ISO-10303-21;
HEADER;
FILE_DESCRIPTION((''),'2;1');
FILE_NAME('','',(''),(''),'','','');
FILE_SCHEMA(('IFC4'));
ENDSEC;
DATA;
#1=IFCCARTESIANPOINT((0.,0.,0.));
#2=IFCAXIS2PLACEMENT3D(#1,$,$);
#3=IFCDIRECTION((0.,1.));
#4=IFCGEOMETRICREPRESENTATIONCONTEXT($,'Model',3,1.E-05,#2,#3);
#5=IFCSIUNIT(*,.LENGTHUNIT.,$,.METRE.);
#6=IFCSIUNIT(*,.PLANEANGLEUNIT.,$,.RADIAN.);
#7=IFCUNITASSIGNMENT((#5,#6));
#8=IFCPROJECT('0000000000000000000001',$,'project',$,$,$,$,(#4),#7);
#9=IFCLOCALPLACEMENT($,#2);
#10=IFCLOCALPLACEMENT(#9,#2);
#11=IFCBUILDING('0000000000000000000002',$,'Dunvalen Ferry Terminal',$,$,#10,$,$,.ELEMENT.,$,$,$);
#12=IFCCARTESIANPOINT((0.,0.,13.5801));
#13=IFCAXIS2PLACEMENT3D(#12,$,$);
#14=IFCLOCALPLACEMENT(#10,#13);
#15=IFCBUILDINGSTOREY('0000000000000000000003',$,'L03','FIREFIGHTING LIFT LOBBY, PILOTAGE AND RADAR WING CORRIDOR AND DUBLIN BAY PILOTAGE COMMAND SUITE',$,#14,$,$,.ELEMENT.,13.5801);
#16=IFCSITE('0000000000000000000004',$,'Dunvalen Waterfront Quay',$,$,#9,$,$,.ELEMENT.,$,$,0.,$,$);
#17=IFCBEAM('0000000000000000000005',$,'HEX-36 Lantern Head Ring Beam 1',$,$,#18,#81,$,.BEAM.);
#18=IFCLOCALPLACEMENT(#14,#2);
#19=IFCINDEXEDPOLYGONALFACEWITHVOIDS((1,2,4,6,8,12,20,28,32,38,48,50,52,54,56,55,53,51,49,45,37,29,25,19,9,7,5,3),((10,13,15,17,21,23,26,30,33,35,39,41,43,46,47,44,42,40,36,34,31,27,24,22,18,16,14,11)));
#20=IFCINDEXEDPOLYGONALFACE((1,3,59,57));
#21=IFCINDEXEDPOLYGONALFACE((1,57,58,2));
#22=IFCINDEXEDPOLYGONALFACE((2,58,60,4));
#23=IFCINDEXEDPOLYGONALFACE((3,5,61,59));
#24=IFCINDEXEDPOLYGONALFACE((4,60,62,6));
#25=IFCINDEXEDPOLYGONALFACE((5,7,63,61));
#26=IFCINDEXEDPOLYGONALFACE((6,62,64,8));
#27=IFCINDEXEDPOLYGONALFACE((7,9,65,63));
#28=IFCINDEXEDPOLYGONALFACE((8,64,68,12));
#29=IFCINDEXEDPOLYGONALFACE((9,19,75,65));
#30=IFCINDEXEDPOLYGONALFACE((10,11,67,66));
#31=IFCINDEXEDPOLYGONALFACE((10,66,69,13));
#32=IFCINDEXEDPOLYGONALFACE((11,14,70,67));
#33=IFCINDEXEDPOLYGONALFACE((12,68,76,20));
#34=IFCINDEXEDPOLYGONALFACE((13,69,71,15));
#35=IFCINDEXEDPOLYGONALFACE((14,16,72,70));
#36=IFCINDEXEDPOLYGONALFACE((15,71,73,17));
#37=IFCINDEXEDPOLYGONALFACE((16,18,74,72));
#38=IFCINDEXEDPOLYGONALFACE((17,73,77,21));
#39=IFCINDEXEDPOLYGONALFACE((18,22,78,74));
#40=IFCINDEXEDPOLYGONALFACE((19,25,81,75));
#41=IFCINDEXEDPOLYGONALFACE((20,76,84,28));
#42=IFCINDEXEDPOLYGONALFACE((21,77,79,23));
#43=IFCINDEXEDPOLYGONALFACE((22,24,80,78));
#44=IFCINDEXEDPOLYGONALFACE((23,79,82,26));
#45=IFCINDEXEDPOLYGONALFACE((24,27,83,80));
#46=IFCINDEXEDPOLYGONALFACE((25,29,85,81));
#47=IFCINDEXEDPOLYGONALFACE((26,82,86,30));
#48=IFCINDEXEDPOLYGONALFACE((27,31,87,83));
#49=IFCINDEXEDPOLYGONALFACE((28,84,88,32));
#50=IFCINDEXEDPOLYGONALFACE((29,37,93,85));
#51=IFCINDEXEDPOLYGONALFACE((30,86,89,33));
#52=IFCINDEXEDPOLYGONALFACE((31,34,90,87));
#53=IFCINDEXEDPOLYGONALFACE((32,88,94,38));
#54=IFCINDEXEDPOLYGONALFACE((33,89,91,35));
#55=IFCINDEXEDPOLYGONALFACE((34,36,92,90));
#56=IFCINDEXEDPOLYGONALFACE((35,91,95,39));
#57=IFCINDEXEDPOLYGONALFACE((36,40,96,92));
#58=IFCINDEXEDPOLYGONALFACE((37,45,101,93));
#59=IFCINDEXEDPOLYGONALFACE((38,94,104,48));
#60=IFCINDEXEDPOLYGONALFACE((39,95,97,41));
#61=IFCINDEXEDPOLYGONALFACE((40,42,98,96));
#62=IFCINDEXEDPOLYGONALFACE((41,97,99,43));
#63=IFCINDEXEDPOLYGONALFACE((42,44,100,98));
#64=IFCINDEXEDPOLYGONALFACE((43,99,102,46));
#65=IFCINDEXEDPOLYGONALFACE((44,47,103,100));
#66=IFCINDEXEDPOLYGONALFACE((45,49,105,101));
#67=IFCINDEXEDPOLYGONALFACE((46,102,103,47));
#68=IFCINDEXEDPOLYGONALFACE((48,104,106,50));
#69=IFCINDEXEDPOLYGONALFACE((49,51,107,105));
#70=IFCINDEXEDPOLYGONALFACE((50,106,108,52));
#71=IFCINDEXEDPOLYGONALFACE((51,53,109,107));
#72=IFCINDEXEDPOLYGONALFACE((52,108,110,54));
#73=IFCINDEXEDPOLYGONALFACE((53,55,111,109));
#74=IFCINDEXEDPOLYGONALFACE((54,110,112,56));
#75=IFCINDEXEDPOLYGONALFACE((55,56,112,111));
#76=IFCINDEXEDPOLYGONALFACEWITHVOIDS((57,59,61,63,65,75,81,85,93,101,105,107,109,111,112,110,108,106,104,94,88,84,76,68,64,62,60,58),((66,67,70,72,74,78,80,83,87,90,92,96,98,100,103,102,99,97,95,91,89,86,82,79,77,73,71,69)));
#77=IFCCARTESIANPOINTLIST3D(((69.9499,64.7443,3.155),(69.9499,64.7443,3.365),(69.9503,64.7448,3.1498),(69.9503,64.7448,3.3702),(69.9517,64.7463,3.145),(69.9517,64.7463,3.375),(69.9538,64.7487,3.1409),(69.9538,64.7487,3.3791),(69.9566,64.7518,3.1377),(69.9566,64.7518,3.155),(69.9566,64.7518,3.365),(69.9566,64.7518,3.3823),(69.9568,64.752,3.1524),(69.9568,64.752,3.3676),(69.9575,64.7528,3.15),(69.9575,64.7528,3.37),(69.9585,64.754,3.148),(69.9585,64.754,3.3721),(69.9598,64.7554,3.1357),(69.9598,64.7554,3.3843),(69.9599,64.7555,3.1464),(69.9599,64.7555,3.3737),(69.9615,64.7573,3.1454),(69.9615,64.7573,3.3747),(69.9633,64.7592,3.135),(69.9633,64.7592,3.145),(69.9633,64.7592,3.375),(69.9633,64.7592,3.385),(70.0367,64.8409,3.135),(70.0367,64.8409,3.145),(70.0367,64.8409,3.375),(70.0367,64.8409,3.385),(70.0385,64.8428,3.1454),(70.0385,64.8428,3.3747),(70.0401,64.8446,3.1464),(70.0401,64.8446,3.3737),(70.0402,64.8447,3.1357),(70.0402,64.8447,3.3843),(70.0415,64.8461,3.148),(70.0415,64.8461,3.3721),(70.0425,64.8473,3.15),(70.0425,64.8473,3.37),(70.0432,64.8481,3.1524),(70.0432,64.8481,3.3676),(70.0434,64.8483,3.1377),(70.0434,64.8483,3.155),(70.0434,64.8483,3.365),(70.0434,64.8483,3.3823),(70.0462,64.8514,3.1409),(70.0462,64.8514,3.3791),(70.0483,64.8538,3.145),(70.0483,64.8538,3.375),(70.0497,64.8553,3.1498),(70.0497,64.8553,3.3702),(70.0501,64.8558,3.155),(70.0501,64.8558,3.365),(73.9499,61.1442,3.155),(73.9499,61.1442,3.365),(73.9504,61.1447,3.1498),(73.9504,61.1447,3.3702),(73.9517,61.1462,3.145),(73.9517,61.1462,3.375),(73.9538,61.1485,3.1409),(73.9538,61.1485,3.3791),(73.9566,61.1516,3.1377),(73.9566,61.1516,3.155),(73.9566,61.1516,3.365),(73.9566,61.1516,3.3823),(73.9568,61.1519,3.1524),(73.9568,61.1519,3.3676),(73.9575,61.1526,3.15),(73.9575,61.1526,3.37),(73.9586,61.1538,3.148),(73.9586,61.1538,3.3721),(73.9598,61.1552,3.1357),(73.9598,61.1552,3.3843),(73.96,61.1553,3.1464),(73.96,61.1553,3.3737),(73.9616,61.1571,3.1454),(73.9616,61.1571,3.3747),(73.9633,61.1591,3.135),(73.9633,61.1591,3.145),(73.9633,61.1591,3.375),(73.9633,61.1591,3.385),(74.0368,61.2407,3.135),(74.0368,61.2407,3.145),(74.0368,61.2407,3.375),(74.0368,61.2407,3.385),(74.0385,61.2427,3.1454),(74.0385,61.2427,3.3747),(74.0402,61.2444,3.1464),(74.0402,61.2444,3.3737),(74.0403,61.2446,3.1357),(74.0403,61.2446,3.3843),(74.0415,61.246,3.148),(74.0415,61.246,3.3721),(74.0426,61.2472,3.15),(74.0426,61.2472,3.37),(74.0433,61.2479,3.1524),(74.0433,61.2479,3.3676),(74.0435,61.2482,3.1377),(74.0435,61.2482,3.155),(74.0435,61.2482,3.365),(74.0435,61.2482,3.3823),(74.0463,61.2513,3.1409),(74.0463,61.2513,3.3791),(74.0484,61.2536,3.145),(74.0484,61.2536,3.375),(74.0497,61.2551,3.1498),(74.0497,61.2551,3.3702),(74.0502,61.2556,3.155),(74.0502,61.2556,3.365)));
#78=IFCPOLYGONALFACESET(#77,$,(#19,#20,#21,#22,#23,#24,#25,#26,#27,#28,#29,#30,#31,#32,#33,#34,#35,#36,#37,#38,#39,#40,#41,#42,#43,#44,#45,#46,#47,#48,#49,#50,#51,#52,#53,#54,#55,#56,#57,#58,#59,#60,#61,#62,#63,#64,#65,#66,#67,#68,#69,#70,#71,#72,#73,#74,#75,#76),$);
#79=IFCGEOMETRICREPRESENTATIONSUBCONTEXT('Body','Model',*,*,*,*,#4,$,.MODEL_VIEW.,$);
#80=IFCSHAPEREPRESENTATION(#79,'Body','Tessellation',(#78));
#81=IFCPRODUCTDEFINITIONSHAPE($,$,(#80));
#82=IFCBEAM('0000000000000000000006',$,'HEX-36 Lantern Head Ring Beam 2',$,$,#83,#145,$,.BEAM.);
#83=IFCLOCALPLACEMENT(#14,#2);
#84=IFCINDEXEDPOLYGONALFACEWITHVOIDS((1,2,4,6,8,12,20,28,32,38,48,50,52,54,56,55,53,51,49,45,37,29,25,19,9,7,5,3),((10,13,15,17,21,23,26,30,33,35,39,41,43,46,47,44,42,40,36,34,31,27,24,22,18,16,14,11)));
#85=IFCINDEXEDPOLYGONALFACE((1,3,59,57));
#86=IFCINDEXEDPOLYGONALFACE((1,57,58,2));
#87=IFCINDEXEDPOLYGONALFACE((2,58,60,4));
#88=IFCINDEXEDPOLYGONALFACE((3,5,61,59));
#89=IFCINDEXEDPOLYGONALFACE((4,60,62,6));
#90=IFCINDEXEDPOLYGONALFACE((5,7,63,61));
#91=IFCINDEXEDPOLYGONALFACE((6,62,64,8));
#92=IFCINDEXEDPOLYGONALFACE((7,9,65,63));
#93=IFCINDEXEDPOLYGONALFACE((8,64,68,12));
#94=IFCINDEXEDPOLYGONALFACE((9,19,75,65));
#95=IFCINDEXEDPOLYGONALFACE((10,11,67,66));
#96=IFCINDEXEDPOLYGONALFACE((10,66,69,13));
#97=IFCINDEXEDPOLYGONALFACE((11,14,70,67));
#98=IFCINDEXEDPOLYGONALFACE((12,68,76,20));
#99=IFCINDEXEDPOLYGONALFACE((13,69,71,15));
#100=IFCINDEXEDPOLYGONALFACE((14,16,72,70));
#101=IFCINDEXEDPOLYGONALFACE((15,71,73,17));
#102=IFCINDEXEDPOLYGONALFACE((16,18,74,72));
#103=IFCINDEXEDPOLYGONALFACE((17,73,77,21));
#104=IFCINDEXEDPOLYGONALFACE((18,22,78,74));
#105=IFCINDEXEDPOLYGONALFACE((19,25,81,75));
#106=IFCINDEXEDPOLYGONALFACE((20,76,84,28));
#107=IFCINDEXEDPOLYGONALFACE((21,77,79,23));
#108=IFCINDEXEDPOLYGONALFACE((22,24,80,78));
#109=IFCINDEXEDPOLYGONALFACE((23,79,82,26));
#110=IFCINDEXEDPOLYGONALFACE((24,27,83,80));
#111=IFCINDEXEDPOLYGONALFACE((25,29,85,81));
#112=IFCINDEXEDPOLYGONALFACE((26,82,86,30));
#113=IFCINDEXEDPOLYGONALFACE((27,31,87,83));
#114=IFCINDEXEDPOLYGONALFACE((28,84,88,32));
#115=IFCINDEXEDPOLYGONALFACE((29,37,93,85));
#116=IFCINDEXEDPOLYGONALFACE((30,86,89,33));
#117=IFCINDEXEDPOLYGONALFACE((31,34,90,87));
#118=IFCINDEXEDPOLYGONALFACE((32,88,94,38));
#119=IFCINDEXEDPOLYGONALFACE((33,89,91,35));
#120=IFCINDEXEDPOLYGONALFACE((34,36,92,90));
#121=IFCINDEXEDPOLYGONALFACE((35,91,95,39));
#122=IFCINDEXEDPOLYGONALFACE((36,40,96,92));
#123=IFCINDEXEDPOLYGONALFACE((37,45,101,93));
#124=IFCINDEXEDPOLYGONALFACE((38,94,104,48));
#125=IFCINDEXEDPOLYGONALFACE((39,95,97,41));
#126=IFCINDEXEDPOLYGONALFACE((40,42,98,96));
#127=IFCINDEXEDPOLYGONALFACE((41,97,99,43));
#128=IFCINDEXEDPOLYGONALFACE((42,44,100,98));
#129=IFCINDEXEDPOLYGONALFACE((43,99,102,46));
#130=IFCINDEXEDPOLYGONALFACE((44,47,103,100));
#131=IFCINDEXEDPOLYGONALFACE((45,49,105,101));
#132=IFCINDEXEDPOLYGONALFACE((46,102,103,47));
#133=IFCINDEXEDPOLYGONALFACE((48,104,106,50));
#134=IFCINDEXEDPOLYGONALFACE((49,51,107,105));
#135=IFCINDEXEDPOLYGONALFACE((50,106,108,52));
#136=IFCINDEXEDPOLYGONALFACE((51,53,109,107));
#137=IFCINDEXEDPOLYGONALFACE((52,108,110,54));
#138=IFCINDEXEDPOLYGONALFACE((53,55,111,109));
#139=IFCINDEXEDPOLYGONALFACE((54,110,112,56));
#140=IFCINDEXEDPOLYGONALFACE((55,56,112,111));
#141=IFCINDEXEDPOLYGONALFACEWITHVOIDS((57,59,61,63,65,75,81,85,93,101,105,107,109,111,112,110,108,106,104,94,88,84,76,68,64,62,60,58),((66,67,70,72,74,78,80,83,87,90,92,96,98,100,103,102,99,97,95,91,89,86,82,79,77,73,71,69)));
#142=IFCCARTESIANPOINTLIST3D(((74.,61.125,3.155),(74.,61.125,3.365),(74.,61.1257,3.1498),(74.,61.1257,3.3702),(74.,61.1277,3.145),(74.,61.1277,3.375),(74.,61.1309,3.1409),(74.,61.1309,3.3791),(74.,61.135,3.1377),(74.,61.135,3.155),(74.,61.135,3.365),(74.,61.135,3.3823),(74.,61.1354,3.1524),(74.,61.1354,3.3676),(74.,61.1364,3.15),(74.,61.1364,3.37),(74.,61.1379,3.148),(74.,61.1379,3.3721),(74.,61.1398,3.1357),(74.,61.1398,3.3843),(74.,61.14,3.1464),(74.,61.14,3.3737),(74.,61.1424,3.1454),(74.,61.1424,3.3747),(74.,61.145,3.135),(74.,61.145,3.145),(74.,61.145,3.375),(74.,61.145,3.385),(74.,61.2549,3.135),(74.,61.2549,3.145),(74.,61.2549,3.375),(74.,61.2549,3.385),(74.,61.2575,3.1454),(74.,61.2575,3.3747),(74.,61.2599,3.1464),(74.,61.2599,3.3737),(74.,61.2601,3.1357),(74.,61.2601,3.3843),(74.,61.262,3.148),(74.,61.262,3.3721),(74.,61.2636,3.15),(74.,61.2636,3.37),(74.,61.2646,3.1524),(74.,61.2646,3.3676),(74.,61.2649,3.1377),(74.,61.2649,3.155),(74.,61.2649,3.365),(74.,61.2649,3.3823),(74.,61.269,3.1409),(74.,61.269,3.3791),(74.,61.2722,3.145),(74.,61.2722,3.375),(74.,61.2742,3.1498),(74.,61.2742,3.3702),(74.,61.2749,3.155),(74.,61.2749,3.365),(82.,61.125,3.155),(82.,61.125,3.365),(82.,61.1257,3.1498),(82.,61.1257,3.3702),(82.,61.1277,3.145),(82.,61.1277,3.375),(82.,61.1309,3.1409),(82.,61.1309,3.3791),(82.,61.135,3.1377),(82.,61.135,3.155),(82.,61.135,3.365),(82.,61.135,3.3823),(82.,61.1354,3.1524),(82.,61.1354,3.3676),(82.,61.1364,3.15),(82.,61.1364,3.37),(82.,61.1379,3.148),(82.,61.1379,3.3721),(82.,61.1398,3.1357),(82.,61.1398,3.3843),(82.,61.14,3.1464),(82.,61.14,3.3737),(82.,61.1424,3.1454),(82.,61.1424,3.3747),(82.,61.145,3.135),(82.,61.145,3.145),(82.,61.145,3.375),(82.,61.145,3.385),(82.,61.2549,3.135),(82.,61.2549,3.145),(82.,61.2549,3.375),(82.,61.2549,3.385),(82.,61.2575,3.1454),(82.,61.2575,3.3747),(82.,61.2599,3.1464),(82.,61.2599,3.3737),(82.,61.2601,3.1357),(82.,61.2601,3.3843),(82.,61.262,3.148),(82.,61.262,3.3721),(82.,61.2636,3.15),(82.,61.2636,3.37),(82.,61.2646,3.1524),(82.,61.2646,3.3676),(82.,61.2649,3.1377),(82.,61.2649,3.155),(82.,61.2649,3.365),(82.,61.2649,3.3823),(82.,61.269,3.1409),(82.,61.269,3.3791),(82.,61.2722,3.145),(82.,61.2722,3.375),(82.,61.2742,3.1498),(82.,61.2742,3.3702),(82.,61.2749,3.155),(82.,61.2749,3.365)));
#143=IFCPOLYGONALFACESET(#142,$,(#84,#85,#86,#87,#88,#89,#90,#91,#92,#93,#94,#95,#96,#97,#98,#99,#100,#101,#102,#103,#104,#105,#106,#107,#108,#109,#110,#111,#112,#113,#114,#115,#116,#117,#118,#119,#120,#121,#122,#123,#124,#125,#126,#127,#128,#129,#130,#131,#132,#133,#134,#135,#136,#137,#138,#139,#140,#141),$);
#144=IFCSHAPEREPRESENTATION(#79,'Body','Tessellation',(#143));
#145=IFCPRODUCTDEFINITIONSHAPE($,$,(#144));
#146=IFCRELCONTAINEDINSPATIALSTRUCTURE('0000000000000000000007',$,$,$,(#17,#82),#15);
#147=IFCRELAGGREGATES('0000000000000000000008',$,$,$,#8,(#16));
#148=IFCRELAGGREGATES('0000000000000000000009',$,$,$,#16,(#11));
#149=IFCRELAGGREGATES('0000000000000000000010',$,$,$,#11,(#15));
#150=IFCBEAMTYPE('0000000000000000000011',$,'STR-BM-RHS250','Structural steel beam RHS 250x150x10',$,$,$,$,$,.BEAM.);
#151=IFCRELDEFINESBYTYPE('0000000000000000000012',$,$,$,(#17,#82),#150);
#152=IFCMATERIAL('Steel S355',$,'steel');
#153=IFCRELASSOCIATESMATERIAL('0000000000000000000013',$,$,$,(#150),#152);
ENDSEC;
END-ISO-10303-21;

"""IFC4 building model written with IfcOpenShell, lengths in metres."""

from ifc_helpers import new_model, si_unit, direction, frame, origin, origin_2d, place, context, subcontext, project, spatial, hollow_rectangle, extrude, material, material_profile, profile_set, type_object, element, save


model = new_model("IFC4")

# Units and contexts
model_context = context("Model", 3, precision=1e-05, world=origin(), true_north=direction((0.0, 1.0)))
body_context = subcontext(model_context, "Body", "Model", "MODEL_VIEW")
ifc_project = project(units=[si_unit("LENGTHUNIT", "METRE"), si_unit("PLANEANGLEUNIT", "RADIAN")], contexts=[model_context])

# Site, building, storey
site_placement = place(None, origin())
site = spatial("IfcSite", under=ifc_project, at=site_placement, Name="Dunvalen Waterfront Quay", CompositionType="ELEMENT", RefElevation=0.0)
building_placement = place(site_placement, origin())
building = spatial("IfcBuilding", under=site, at=building_placement, Name="Dunvalen Ferry Terminal", CompositionType="ELEMENT")
storey_placement = place(building_placement, frame((0.0, 0.0, 13.5801)))
storey = spatial("IfcBuildingStorey", under=building, at=storey_placement, Name="L03", Description="FIREFIGHTING LIFT LOBBY, PILOTAGE AND RADAR WING CORRIDOR AND DUBLIN BAY PILOTAGE COMMAND SUITE", CompositionType="ELEMENT", Elevation=13.5801)

# Beams
ifc_material_1 = material(Name="Steel S355", Category="steel")
ifc_material_profile_1 = material_profile(ifc_material_1, hollow_rectangle(XDim=0.1499, YDim=0.25, WallThickness=0.01, InnerFilletRadius=0.01, OuterFilletRadius=0.02, at=origin_2d()), Name="Steel S355")
ifc_profile_set_1 = profile_set([ifc_material_profile_1], Name="Steel S355")
beam_type = type_object("IfcBeamType", Name="STR-BM-RHS250", Description="Structural steel beam RHS 250x150x10", PredefinedType="BEAM", material=ifc_profile_set_1)
beam_1_placement = place(storey_placement, frame((70.0, 64.8, 3.26), z_axis=(0.743285, -0.668975, 0.0), x_axis=(0.668975, 0.743285, 0.0)))
element("IfcBeam", 1, at=beam_1_placement, inside=storey, type_object=beam_type, Name="HEX-36 Lantern Head Ring Beam 1", PredefinedType="BEAM", context=body_context, shape_type="SweptSolid", body=[
    extrude(hollow_rectangle(XDim=0.1499, YDim=0.25, WallThickness=0.01, InnerFilletRadius=0.01, OuterFilletRadius=0.02, at=origin_2d()), origin(), (0.0, 0.0, 1.0), 5.3816),
])
beam_2_placement = place(storey_placement, frame((74.0, 61.2, 3.26), z_axis=(1.0, 0.0, 0.0), x_axis=(0.0, 1.0, 0.0)))
element("IfcBeam", 2, at=beam_2_placement, inside=storey, type_object=beam_type, Name="HEX-36 Lantern Head Ring Beam 2", PredefinedType="BEAM", context=body_context, shape_type="SweptSolid", body=[
    extrude(hollow_rectangle(XDim=0.1499, YDim=0.25, WallThickness=0.01, InnerFilletRadius=0.01, OuterFilletRadius=0.02, at=origin_2d()), origin(), (0.0, 0.0, 1.0), 8.0),
])

save(model, "model.ifc")
